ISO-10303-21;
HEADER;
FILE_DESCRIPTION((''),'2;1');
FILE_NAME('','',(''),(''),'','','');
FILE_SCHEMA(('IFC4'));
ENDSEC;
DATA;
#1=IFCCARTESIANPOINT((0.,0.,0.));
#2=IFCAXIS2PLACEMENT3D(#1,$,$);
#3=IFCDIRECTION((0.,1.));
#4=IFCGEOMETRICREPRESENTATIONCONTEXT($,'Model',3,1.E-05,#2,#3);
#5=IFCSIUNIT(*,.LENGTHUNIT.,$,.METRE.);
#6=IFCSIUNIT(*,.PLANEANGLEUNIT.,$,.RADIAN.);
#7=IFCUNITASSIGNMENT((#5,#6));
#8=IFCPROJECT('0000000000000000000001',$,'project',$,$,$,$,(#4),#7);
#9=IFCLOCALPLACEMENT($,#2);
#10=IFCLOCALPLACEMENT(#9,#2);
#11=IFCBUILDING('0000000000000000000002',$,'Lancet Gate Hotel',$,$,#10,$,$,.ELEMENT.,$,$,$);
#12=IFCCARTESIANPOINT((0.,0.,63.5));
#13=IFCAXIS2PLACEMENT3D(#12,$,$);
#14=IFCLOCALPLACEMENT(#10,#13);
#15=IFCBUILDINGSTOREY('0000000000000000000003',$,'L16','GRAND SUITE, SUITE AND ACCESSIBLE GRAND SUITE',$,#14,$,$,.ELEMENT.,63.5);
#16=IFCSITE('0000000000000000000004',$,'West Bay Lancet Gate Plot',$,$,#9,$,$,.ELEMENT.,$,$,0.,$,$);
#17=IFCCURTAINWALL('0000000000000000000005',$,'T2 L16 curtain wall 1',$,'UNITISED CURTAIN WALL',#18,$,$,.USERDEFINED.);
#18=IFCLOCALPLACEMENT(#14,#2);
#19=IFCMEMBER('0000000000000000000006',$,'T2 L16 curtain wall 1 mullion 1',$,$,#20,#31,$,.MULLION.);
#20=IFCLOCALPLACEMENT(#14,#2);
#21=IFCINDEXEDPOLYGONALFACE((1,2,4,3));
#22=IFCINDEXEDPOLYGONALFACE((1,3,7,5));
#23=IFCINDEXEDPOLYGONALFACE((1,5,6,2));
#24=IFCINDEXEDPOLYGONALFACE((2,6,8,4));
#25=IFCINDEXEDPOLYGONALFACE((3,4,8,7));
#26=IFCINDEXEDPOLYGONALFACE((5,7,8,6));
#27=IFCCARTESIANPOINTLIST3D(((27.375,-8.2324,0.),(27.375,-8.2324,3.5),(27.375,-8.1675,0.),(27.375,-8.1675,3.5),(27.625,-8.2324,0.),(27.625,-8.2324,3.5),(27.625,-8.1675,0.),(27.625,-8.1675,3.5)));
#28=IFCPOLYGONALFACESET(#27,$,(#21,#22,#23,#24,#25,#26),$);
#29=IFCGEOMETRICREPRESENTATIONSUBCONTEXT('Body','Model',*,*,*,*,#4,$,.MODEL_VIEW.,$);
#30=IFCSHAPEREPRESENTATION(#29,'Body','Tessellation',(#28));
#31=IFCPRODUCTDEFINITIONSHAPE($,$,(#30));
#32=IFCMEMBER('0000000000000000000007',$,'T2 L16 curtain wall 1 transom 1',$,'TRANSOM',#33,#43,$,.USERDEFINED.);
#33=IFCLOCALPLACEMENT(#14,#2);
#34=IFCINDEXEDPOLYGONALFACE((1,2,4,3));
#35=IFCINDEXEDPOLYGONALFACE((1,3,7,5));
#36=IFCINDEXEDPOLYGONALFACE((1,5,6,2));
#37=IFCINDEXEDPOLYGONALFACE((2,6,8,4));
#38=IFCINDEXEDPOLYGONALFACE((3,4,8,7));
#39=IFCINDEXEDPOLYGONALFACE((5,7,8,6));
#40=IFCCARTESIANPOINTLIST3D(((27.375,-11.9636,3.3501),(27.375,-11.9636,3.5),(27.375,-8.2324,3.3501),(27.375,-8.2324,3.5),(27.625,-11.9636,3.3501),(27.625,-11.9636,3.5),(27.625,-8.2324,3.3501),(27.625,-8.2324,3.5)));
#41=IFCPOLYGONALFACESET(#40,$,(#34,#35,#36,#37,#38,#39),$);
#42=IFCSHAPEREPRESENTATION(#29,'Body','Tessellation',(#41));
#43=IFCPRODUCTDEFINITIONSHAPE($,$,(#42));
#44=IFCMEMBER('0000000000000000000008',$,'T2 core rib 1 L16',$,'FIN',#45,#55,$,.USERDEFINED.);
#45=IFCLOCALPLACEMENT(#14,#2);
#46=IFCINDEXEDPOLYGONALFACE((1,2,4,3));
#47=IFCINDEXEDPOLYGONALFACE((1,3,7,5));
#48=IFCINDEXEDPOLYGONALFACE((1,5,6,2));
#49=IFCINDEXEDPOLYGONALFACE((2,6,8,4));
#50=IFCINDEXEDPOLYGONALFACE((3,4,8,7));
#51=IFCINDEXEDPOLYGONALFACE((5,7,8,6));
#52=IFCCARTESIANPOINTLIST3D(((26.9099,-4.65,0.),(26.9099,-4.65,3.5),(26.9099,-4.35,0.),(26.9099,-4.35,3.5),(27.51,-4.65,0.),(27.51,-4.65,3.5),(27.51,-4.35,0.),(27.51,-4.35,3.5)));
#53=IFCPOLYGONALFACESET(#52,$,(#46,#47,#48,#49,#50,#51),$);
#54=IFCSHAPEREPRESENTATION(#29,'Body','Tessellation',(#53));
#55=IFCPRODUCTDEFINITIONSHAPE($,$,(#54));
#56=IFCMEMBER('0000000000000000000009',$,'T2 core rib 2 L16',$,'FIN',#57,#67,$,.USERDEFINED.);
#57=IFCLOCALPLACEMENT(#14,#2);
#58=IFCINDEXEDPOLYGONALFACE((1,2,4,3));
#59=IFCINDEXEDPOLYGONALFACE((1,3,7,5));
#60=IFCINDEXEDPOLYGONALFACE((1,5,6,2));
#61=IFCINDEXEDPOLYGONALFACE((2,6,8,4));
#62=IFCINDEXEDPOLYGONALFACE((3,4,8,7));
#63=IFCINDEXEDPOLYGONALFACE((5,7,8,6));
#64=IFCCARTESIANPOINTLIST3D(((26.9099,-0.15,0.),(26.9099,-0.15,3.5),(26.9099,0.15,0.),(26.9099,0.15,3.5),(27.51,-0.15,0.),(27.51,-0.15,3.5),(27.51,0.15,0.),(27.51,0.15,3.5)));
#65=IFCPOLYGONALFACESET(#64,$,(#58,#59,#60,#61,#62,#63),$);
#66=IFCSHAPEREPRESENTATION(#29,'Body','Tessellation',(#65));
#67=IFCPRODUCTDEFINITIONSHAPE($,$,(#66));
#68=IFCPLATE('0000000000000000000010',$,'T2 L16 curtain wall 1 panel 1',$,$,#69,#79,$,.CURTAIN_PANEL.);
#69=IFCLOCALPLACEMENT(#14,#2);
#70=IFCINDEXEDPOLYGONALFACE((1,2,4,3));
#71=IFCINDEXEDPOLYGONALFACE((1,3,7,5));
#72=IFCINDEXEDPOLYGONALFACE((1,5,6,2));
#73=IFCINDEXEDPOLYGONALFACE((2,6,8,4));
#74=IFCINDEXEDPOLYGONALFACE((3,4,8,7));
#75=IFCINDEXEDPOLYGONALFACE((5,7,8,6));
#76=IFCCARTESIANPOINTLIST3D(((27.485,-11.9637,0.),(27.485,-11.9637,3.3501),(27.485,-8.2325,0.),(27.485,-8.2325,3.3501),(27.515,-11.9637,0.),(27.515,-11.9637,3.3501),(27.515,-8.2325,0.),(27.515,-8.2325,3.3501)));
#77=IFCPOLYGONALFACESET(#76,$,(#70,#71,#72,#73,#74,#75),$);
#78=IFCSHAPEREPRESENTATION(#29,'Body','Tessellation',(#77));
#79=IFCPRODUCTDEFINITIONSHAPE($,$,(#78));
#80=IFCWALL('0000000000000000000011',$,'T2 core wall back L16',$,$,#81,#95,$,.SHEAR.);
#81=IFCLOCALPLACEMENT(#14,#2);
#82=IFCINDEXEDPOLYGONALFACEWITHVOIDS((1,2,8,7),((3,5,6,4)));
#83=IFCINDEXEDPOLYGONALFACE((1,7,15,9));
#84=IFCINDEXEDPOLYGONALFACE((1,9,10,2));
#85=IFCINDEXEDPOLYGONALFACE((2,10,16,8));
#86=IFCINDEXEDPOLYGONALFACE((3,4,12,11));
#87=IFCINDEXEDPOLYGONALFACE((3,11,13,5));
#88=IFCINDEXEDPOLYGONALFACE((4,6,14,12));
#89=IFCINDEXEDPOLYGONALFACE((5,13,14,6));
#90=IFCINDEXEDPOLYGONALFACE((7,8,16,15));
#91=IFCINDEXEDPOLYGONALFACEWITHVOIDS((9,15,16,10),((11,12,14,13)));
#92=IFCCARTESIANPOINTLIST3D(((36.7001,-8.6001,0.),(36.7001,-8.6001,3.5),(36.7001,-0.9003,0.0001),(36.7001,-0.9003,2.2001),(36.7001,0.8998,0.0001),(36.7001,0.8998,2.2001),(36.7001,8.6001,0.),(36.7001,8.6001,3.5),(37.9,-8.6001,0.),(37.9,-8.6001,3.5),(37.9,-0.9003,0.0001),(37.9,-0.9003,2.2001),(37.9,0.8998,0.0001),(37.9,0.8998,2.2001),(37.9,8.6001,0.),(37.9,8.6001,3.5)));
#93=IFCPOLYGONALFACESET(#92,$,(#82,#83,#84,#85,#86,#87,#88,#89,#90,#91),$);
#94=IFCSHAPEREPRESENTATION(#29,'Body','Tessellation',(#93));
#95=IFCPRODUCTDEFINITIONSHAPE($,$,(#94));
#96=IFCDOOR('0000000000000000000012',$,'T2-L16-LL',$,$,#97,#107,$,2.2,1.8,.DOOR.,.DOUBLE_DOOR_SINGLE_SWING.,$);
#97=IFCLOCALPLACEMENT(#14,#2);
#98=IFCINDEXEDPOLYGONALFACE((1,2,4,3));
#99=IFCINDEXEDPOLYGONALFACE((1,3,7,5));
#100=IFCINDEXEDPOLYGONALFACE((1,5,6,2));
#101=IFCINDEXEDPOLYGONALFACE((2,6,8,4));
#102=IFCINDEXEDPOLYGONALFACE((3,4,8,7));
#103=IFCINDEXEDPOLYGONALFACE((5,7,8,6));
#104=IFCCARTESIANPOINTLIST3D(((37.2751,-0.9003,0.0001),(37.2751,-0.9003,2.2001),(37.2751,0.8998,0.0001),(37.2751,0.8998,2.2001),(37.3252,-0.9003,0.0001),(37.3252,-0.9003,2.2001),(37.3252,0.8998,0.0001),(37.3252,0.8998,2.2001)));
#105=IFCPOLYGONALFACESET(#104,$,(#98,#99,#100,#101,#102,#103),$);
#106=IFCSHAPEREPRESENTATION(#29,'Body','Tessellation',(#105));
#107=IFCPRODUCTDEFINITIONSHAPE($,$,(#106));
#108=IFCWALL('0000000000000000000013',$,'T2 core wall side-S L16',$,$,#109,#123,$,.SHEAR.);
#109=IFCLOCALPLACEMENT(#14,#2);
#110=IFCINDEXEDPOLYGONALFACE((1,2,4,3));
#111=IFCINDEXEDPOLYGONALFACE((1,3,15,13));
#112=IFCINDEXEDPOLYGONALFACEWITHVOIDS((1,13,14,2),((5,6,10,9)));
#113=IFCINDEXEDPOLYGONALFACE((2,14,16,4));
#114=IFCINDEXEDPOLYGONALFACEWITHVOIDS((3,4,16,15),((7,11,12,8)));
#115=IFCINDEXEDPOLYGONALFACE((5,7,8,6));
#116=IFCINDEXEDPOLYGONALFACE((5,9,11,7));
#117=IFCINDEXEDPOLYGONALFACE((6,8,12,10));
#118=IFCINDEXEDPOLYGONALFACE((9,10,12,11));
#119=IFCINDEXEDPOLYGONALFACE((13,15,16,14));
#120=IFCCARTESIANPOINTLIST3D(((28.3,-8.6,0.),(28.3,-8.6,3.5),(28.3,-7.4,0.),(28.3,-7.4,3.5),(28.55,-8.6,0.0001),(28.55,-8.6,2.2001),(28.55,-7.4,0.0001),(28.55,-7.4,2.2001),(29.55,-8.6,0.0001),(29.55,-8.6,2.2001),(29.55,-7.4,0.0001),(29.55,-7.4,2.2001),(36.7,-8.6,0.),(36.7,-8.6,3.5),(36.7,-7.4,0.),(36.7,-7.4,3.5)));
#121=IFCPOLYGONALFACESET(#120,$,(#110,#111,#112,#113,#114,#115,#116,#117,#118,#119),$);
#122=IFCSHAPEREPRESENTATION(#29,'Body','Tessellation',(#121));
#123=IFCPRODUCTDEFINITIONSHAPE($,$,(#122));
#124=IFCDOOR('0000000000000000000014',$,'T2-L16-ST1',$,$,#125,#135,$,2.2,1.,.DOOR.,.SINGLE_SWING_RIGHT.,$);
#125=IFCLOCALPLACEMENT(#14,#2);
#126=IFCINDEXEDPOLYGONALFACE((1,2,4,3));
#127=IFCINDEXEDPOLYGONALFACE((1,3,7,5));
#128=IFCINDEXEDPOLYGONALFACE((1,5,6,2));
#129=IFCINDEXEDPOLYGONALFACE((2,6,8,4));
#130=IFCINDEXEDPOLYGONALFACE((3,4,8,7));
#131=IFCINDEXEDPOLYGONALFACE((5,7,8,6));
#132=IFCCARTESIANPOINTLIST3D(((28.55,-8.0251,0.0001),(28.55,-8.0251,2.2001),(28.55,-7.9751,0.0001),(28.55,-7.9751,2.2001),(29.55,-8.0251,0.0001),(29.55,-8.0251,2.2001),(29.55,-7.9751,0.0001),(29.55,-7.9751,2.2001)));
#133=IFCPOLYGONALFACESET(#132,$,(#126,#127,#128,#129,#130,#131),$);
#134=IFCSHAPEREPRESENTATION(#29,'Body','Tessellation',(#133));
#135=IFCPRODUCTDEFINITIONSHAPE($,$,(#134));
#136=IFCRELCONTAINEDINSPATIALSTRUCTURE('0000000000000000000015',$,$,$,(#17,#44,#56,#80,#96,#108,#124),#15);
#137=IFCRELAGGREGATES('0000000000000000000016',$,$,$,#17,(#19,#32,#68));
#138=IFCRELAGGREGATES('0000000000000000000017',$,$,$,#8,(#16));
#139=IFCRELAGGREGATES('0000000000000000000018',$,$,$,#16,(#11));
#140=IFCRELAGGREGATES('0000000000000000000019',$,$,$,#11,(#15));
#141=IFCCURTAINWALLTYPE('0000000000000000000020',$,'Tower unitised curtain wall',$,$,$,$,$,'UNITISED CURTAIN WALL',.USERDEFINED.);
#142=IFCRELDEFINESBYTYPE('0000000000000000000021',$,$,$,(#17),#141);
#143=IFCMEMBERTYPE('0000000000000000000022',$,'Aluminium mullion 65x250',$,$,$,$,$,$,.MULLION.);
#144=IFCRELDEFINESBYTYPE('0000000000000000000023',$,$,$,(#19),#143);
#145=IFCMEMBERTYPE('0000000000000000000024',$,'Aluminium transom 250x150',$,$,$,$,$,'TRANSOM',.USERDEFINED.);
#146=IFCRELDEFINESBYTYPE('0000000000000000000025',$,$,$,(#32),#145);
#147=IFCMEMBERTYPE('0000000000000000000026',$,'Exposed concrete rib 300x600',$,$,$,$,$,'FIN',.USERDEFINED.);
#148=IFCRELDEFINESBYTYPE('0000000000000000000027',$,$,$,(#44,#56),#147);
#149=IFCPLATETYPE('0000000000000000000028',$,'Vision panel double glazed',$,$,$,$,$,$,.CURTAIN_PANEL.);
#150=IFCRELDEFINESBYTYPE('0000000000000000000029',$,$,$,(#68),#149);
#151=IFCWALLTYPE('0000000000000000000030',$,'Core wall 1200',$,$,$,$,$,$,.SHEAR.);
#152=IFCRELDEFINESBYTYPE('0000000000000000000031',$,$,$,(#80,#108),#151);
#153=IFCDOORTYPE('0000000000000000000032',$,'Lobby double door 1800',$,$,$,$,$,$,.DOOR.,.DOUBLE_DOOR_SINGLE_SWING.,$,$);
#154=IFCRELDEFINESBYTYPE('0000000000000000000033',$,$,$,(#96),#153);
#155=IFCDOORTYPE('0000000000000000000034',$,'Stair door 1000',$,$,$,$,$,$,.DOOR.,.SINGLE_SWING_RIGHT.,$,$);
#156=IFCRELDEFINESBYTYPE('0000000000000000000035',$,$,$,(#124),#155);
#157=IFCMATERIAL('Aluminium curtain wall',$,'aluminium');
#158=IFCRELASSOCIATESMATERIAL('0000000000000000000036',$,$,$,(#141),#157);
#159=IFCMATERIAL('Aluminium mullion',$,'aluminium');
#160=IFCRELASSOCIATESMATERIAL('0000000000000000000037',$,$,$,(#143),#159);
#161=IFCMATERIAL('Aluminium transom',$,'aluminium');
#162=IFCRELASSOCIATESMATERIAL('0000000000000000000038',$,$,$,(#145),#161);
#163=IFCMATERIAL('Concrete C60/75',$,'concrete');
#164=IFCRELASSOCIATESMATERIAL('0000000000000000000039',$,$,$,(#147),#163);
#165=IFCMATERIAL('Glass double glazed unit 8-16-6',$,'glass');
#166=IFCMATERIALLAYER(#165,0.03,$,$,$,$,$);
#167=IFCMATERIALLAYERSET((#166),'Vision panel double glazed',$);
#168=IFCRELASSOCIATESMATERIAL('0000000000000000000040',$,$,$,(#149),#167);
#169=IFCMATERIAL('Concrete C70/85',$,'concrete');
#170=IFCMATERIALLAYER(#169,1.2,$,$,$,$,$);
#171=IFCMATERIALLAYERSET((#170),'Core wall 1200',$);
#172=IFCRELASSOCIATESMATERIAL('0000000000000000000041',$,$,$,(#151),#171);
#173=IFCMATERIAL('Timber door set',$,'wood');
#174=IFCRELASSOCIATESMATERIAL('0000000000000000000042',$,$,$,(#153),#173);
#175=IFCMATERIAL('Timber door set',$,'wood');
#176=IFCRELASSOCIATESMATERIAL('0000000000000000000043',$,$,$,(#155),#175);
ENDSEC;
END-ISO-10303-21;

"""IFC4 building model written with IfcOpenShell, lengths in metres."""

from ifc_helpers import new_model, si_unit, direction, frame, frame_2d, origin, origin_2d, place, context, subcontext, project, spatial, rectangle, extrude, material, layer, layer_set, material_profile, profile_set, type_object, element, fill, aggregate, save


model = new_model("IFC4")

# Units and contexts
model_context = context("Model", 3, precision=1e-05, world=origin(), true_north=direction((0.0, 1.0)))
body_context = subcontext(model_context, "Body", "Model", "MODEL_VIEW")
ifc_project = project(units=[si_unit("LENGTHUNIT", "METRE"), si_unit("PLANEANGLEUNIT", "RADIAN")], contexts=[model_context])

# Site, building, storey
site_placement = place(None, origin())
site = spatial("IfcSite", under=ifc_project, at=site_placement, Name="West Bay Lancet Gate Plot", CompositionType="ELEMENT", RefElevation=0.0)
building_placement = place(site_placement, origin())
building = spatial("IfcBuilding", under=site, at=building_placement, Name="Lancet Gate Hotel", CompositionType="ELEMENT")
storey_placement = place(building_placement, frame((0.0, 0.0, 63.5)))
storey = spatial("IfcBuildingStorey", under=building, at=storey_placement, Name="L16", Description="GRAND SUITE, SUITE AND ACCESSIBLE GRAND SUITE", CompositionType="ELEMENT", Elevation=63.5)

# Curtain wall, members
ifc_material_1 = material(Name="Aluminium curtain wall", Category="aluminium")
curtain_wall_type = type_object("IfcCurtainWallType", Name="Tower unitised curtain wall", ElementType="UNITISED CURTAIN WALL", PredefinedType="USERDEFINED", material=ifc_material_1)
curtain_wall_placement = place(storey_placement, origin())
curtain_wall = element("IfcCurtainWall", 1, at=curtain_wall_placement, inside=storey, type_object=curtain_wall_type, Name="T2 L16 curtain wall 1", ObjectType="UNITISED CURTAIN WALL", PredefinedType="USERDEFINED")
ifc_material_2 = material(Name="Aluminium mullion", Category="aluminium")
ifc_material_profile_1 = material_profile(ifc_material_2, rectangle(XDim=0.0649, YDim=0.25, at=origin_2d()), Name="MULLION 65x250")
ifc_profile_set_1 = profile_set([ifc_material_profile_1], Name="Aluminium mullion")
member_type_1 = type_object("IfcMemberType", Name="Aluminium mullion 65x250", PredefinedType="MULLION", material=ifc_profile_set_1)
member_1_placement = place(storey_placement, frame((27.5, -8.2, 0.0), z_axis=(0.0, 0.0, 1.0), x_axis=(0.0, -1.0, 0.0)))
member_1 = element("IfcMember", 2, at=member_1_placement, type_object=member_type_1, Name="T2 L16 curtain wall 1 mullion 1", PredefinedType="MULLION", context=body_context, shape_type="SweptSolid", body=[
    extrude(rectangle(XDim=0.0649, YDim=0.25, at=origin_2d()), origin(), (0.0, 0.0, 1.0), 3.5),
])
ifc_material_3 = material(Name="Aluminium transom", Category="aluminium")
ifc_material_profile_2 = material_profile(ifc_material_3, rectangle(XDim=0.25, YDim=0.1499, at=origin_2d()), Name="TRANSOM 250x150")
ifc_profile_set_2 = profile_set([ifc_material_profile_2], Name="Aluminium transom")
member_type_2 = type_object("IfcMemberType", Name="Aluminium transom 250x150", ElementType="TRANSOM", PredefinedType="USERDEFINED", material=ifc_profile_set_2)
member_2_placement = place(storey_placement, frame((27.5, -8.2324, 3.425), z_axis=(0.0, -1.0, 0.0), x_axis=(1.0, 0.0, 0.0)))
member_2 = element("IfcMember", 3, at=member_2_placement, type_object=member_type_2, Name="T2 L16 curtain wall 1 transom 1", ObjectType="TRANSOM", PredefinedType="USERDEFINED", context=body_context, shape_type="SweptSolid", body=[
    extrude(rectangle(XDim=0.25, YDim=0.1499, at=origin_2d()), origin(), (0.0, 0.0, 1.0), 3.7312),
])

# Members
ifc_material_4 = material(Name="Concrete C60/75", Category="concrete")
ifc_material_profile_3 = material_profile(ifc_material_4, rectangle(XDim=0.3, YDim=0.6001, at=origin_2d()), Name="FIN 300x600")
ifc_profile_set_3 = profile_set([ifc_material_profile_3], Name="Concrete C60/75")
member_type_3 = type_object("IfcMemberType", Name="Exposed concrete rib 300x600", ElementType="FIN", PredefinedType="USERDEFINED", material=ifc_profile_set_3)
for number, where, z_axis, x_axis, name in (
    (4, (27.21, -4.5, 0.0), (0.0, 0.0, 1.0), (0.0, 1.0, 0.0), "T2 core rib 1 L16"),
    (5, (27.21, 0.0, 0.0), (0.0, 0.0, 1.0), (0.0, 1.0, 0.0), "T2 core rib 2 L16"),
):
    element("IfcMember", number, at=place(storey_placement, frame(where, z_axis=z_axis, x_axis=x_axis)), inside=storey, type_object=member_type_3, Name=name, ObjectType="FIN", PredefinedType="USERDEFINED", context=body_context, shape_type="SweptSolid", body=[
        extrude(rectangle(XDim=0.3, YDim=0.6001, at=origin_2d()), origin(), (0.0, 0.0, 1.0), 3.5),
    ])

# Plate
ifc_material_5 = material(Name="Glass double glazed unit 8-16-6", Category="glass")
ifc_layer_1 = layer(ifc_material_5, 0.03)
ifc_layer_set_1 = layer_set([ifc_layer_1], Name="Vision panel double glazed")
plate_type = type_object("IfcPlateType", Name="Vision panel double glazed", PredefinedType="CURTAIN_PANEL", material=ifc_layer_set_1)
plate_placement = place(storey_placement, frame((27.5, -10.0981, 0.0), z_axis=(0.0, 0.0, 1.0), x_axis=(0.0, -1.0, 0.0)))
plate = element("IfcPlate", 6, at=plate_placement, type_object=plate_type, Name="T2 L16 curtain wall 1 panel 1", PredefinedType="CURTAIN_PANEL", context=body_context, shape_type="SweptSolid", body=[
    extrude(rectangle(XDim=3.7312, YDim=0.03, at=origin_2d()), origin(), (0.0, 0.0, 1.0), 3.3501),
])
aggregate(curtain_wall, [member_1, member_2, plate])

# Walls, openings, doors
ifc_material_6 = material(Name="Concrete C70/85", Category="concrete")
ifc_layer_2 = layer(ifc_material_6, 1.2)
ifc_layer_set_2 = layer_set([ifc_layer_2], Name="Core wall 1200")
wall_type_1 = type_object("IfcWallType", Name="Core wall 1200", PredefinedType="SHEAR", material=ifc_layer_set_2)
wall_1_placement = place(storey_placement, frame((37.3, -8.6001, 0.0), z_axis=(0.0, 0.0, 1.0), x_axis=(0.0, 1.0, 0.0)))
wall_1 = element("IfcWall", 7, at=wall_1_placement, inside=storey, type_object=wall_type_1, Name="T2 core wall back L16", PredefinedType="SHEAR", context=body_context, shape_type="SweptSolid", body=[
    extrude(rectangle(XDim=17.2002, YDim=1.2, at=frame_2d((8.6001, 0.0))), origin(), (0.0, 0.0, 1.0), 3.5),
])
opening_1_placement = place(wall_1_placement, frame((7.7, 0.0, 0.0)))
opening_1 = element("IfcOpeningElement", 8, at=opening_1_placement, cuts=wall_1, PredefinedType="OPENING", context=body_context, shape_type="SweptSolid", body=[
    extrude(rectangle(XDim=1.8, YDim=2.2, at=frame_2d((0.8999, 1.1001))), frame((0.0, 0.6099, 0.0), z_axis=(0.0, -1.0, 0.0), x_axis=(1.0, 0.0, 0.0)), (0.0, 0.0, 1.0), 1.22),
])
ifc_material_7 = material(Name="Timber door set", Category="wood")
door_type_1 = type_object("IfcDoorType", Name="Lobby double door 1800", OperationType="DOUBLE_DOOR_SINGLE_SWING", PredefinedType="DOOR", material=ifc_material_7)
door_1_placement = place(opening_1_placement, origin())
door_1 = element("IfcDoor", 9, at=door_1_placement, inside=storey, type_object=door_type_1, Name="T2-L16-LL", OperationType="DOUBLE_DOOR_SINGLE_SWING", OverallHeight=2.2, OverallWidth=1.8, PredefinedType="DOOR", context=body_context, shape_type="SweptSolid", body=[
    extrude(rectangle(XDim=1.8, YDim=2.2, at=frame_2d((0.8999, 1.1001))), frame((0.0, 0.0249, 0.0), z_axis=(0.0, -1.0, 0.0), x_axis=(1.0, 0.0, 0.0)), (0.0, 0.0, 1.0), 0.05),
])
fill(opening_1, door_1)
wall_2_placement = place(storey_placement, frame((28.3, -8.0, 0.0), z_axis=(0.0, 0.0, 1.0), x_axis=(1.0, 0.0, 0.0)))
wall_2 = element("IfcWall", 10, at=wall_2_placement, inside=storey, type_object=wall_type_1, Name="T2 core wall side-S L16", PredefinedType="SHEAR", context=body_context, shape_type="SweptSolid", body=[
    extrude(rectangle(XDim=8.3999, YDim=1.2, at=frame_2d((4.2, 0.0))), origin(), (0.0, 0.0, 1.0), 3.5),
])
opening_2_placement = place(wall_2_placement, frame((0.25, 0.0, 0.0)))
opening_2 = element("IfcOpeningElement", 11, at=opening_2_placement, cuts=wall_2, PredefinedType="OPENING", context=body_context, shape_type="SweptSolid", body=[
    extrude(rectangle(XDim=1.0, YDim=2.2, at=frame_2d((0.5, 1.1001))), frame((0.0, 0.6099, 0.0), z_axis=(0.0, -1.0, 0.0), x_axis=(1.0, 0.0, 0.0)), (0.0, 0.0, 1.0), 1.22),
])
ifc_material_8 = material(Name="Timber door set", Category="wood")
door_type_2 = type_object("IfcDoorType", Name="Stair door 1000", OperationType="SINGLE_SWING_RIGHT", PredefinedType="DOOR", material=ifc_material_8)
door_2_placement = place(opening_2_placement, origin())
door_2 = element("IfcDoor", 12, at=door_2_placement, inside=storey, type_object=door_type_2, Name="T2-L16-ST1", OperationType="SINGLE_SWING_RIGHT", OverallHeight=2.2, OverallWidth=1.0, PredefinedType="DOOR", context=body_context, shape_type="SweptSolid", body=[
    extrude(rectangle(XDim=1.0, YDim=2.2, at=frame_2d((0.5, 1.1001))), frame((0.0, 0.0249, 0.0), z_axis=(0.0, -1.0, 0.0), x_axis=(1.0, 0.0, 0.0)), (0.0, 0.0, 1.0), 0.05),
])
fill(opening_2, door_2)

save(model, "model.ifc")
